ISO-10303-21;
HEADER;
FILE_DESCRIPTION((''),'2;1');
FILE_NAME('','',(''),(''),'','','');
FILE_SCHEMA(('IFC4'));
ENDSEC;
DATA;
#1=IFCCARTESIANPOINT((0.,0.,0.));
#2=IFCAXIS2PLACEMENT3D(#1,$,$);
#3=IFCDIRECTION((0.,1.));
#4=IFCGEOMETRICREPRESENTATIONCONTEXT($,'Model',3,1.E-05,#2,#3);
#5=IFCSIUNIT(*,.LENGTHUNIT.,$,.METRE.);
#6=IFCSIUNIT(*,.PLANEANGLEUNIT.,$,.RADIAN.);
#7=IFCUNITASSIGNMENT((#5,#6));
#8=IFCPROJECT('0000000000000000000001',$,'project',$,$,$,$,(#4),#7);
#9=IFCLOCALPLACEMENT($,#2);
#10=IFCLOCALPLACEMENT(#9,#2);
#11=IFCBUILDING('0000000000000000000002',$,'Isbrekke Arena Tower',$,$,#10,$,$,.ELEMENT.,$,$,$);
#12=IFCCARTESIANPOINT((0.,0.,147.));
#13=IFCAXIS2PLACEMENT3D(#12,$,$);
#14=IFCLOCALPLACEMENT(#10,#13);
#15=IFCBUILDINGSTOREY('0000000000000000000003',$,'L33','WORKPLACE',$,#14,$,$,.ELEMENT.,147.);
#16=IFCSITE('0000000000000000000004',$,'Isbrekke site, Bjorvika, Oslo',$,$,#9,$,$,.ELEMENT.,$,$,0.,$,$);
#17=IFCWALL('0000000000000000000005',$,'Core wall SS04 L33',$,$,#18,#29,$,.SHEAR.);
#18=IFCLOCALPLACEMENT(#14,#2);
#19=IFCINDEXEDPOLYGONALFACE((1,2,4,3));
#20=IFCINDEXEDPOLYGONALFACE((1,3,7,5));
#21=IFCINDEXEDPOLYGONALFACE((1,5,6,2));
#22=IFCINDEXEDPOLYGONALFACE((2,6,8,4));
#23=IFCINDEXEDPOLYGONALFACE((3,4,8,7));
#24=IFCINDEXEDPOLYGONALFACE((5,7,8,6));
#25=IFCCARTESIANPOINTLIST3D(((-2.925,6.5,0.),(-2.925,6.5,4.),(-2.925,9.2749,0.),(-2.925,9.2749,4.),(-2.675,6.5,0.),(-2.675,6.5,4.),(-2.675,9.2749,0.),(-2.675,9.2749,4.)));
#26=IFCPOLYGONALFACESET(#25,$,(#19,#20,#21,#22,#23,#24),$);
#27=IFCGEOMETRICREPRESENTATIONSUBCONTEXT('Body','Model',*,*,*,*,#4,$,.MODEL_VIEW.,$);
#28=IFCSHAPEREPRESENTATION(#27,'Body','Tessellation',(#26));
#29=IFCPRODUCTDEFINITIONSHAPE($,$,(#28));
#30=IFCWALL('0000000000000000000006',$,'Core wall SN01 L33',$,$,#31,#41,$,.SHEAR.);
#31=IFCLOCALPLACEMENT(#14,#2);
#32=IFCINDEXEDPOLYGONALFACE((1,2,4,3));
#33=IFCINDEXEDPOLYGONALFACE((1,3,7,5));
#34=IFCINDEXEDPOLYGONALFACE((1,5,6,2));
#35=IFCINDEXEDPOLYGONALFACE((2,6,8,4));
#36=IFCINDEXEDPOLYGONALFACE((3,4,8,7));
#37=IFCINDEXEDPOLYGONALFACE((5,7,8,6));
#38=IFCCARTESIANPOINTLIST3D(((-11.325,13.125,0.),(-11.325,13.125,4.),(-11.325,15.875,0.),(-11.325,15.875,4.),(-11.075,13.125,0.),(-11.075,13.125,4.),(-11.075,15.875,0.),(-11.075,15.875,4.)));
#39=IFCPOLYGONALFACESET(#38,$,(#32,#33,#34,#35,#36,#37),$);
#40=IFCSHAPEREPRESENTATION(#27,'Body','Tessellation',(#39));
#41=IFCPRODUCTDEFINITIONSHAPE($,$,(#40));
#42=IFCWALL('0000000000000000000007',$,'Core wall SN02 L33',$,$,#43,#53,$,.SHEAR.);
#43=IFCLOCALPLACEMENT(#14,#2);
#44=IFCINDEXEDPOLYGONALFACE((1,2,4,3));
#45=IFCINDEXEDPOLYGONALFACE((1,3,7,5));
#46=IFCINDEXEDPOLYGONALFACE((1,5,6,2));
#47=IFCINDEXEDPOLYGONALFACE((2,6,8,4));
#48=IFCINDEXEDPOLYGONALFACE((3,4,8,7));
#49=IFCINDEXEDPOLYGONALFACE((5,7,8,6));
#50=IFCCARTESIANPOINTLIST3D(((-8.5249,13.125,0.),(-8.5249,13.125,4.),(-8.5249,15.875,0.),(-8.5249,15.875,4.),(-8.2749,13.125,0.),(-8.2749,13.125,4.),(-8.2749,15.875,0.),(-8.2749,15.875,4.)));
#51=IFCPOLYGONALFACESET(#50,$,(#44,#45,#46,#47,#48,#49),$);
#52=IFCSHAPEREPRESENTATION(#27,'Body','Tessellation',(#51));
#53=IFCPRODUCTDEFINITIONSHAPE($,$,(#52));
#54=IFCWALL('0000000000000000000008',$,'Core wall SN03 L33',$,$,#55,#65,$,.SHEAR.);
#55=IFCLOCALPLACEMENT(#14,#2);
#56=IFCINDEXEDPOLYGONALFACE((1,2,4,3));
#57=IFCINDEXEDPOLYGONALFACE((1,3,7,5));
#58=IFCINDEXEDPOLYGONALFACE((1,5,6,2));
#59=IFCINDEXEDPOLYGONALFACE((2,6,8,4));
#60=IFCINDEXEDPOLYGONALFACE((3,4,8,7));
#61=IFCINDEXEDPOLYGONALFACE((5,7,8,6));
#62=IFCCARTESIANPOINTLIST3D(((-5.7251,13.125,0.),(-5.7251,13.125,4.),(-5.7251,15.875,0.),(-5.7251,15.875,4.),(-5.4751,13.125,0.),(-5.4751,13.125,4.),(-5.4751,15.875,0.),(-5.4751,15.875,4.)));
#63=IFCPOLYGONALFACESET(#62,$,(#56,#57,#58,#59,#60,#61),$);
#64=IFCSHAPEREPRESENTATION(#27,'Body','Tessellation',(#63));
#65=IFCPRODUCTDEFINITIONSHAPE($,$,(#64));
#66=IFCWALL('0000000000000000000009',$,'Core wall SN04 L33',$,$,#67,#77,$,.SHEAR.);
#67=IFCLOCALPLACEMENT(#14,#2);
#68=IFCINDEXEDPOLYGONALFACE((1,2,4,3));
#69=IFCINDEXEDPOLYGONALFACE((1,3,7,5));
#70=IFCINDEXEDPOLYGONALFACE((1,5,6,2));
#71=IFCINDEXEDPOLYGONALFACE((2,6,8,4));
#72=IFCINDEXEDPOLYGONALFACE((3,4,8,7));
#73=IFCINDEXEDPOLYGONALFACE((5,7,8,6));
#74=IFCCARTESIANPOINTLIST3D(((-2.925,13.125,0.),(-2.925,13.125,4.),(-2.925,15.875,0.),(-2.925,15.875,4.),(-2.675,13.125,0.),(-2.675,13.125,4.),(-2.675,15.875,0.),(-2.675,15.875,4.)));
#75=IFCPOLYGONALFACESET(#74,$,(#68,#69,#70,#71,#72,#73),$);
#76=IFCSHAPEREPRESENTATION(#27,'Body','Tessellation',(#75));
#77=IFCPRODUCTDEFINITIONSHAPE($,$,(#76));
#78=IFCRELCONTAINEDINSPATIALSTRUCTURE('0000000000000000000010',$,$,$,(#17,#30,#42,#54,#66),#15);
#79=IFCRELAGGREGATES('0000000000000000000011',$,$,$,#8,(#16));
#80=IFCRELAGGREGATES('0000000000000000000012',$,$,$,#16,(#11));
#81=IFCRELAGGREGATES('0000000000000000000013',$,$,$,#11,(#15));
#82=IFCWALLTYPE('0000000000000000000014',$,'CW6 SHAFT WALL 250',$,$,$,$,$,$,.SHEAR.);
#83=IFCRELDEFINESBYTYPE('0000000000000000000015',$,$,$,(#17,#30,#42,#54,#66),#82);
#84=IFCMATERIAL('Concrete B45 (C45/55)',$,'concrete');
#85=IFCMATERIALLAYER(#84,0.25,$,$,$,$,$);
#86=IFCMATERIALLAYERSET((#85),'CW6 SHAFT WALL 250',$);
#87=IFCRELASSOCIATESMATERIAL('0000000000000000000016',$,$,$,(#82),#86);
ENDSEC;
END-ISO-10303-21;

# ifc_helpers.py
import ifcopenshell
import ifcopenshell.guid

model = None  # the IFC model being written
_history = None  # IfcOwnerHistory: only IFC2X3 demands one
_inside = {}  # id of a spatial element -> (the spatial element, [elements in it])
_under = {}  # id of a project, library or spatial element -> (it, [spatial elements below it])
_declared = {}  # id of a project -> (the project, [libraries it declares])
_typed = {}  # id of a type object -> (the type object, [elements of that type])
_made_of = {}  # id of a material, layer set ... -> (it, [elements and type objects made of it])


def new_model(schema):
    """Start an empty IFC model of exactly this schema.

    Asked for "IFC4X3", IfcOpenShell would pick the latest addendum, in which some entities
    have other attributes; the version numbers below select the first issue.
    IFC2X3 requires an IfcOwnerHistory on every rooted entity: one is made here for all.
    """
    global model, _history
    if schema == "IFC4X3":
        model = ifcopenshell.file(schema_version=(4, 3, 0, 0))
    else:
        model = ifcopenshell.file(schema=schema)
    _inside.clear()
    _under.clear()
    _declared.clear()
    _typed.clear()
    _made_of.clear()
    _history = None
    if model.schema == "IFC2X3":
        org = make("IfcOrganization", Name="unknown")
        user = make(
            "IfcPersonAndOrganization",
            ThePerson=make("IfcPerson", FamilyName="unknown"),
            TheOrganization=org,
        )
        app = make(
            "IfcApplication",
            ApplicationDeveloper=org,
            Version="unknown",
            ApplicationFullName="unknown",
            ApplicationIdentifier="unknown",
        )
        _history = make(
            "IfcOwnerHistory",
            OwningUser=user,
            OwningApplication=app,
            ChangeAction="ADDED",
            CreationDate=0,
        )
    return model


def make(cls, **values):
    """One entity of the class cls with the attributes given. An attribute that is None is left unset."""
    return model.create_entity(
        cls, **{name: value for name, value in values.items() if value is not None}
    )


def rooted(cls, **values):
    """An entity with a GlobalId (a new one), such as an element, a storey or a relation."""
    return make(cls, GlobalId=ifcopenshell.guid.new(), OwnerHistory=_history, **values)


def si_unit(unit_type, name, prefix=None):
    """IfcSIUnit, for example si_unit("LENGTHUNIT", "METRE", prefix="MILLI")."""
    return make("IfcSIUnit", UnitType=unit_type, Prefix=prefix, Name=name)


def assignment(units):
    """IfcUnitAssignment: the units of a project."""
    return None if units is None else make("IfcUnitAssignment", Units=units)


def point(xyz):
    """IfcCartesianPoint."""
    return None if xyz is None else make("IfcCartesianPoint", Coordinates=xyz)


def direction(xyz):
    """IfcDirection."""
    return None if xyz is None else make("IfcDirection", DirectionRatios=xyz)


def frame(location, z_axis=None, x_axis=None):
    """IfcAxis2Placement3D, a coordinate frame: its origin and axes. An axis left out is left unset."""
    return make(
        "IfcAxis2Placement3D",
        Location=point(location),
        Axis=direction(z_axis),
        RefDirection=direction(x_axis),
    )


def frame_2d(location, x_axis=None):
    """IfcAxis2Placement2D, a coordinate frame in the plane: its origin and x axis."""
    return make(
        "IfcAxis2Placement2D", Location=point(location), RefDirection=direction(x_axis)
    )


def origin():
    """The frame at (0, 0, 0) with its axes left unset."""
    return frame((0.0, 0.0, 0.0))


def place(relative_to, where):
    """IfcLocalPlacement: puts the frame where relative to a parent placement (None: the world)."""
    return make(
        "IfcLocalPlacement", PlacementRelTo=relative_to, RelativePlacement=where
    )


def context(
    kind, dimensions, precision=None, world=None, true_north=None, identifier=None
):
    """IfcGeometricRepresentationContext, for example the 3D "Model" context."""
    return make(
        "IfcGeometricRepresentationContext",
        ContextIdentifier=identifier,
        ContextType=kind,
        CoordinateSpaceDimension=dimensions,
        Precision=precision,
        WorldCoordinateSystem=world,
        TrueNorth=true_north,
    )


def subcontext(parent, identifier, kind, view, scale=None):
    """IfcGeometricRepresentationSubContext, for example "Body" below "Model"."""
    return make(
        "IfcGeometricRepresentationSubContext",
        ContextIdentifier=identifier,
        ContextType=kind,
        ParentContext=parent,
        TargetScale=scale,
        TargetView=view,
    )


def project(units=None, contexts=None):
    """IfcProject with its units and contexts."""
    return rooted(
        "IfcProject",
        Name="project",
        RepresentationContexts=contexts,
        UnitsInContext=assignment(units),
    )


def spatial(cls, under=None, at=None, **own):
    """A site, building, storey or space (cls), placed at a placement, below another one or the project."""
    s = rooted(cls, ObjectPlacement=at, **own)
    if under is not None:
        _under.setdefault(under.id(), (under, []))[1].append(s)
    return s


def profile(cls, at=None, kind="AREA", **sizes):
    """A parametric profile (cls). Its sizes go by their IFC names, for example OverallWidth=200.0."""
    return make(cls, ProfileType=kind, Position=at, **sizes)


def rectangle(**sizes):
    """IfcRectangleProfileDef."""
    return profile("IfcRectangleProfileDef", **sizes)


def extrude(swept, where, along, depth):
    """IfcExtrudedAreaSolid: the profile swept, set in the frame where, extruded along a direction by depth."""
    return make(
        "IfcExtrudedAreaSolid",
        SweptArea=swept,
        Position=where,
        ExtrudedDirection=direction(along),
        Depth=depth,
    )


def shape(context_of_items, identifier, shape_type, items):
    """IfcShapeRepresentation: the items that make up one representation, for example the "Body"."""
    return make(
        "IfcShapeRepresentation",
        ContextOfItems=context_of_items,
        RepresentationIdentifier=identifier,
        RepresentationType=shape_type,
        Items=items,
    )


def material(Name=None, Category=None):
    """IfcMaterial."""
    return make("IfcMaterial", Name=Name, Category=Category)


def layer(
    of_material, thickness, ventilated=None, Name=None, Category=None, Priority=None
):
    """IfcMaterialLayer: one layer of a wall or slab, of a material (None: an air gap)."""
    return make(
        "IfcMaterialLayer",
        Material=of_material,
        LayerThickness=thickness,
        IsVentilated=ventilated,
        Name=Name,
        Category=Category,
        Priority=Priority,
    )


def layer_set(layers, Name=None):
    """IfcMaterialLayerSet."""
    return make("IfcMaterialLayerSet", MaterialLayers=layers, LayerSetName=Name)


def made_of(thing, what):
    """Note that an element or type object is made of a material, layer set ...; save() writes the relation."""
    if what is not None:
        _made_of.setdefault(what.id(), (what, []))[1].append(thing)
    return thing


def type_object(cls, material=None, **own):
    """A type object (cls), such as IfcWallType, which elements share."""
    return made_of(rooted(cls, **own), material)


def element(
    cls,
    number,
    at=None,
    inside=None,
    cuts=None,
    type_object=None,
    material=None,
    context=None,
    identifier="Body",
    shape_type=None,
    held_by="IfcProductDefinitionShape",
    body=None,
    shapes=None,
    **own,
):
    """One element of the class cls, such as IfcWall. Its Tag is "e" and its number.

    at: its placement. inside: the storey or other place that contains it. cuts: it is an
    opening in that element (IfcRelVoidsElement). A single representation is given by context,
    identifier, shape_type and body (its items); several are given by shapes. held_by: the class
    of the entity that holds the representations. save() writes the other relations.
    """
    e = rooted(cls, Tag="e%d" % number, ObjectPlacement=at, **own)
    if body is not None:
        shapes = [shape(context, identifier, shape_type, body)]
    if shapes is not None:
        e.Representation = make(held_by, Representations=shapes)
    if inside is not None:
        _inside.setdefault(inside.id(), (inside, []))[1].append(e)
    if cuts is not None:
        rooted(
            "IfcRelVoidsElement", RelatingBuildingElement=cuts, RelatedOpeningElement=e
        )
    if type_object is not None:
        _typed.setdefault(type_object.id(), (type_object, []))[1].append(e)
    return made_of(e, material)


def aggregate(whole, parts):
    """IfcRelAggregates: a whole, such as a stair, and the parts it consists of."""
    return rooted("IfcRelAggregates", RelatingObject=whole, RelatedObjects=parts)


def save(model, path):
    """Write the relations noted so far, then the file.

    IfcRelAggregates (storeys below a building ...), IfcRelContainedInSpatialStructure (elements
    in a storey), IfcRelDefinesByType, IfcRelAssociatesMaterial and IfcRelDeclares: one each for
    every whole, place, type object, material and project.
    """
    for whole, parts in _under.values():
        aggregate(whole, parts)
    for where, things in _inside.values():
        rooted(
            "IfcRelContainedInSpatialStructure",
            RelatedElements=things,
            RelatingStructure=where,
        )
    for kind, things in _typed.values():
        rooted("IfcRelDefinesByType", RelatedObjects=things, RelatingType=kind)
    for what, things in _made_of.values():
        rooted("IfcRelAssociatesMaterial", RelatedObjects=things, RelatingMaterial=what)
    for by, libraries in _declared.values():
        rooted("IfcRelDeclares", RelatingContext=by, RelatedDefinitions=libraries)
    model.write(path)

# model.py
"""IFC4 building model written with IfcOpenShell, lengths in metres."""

from ifc_helpers import new_model, si_unit, direction, frame, frame_2d, origin, place, context, subcontext, project, spatial, rectangle, extrude, material, layer, layer_set, type_object, element, save


model = new_model("IFC4")

# Units and contexts
model_context = context("Model", 3, precision=1e-05, world=origin(), true_north=direction((0.0, 1.0)))
body_context = subcontext(model_context, "Body", "Model", "MODEL_VIEW")
ifc_project = project(units=[si_unit("LENGTHUNIT", "METRE"), si_unit("PLANEANGLEUNIT", "RADIAN")], contexts=[model_context])

# Site, building, storey
site_placement = place(None, origin())
site = spatial("IfcSite", under=ifc_project, at=site_placement, Name="Isbrekke site, Bjorvika, Oslo", CompositionType="ELEMENT", RefElevation=0.0)
building_placement = place(site_placement, origin())
building = spatial("IfcBuilding", under=site, at=building_placement, Name="Isbrekke Arena Tower", CompositionType="ELEMENT")
storey_placement = place(building_placement, frame((0.0, 0.0, 147.0)))
storey = spatial("IfcBuildingStorey", under=building, at=storey_placement, Name="L33", Description="WORKPLACE", CompositionType="ELEMENT", Elevation=147.0)

# Shared definitions
ifc_material_1 = material(Name="Concrete B45 (C45/55)", Category="concrete")
ifc_layer_1 = layer(ifc_material_1, 0.25)
ifc_layer_set_1 = layer_set([ifc_layer_1], Name="CW6 SHAFT WALL 250")
wall_type_1 = type_object("IfcWallType", Name="CW6 SHAFT WALL 250", PredefinedType="SHEAR", material=ifc_layer_set_1)

# Walls
for number, where, z_axis, x_axis, name in (
    (1, (-2.8, 6.5, 0.0), (0.0, 0.0, 1.0), (0.0, 1.0, 0.0), "Core wall SS04 L33"),
):
    element("IfcWall", number, at=place(storey_placement, frame(where, z_axis=z_axis, x_axis=x_axis)), inside=storey, type_object=wall_type_1, Name=name, PredefinedType="SHEAR", context=body_context, shape_type="SweptSolid", body=[
        extrude(rectangle(XDim=2.7749, YDim=0.25, at=frame_2d((1.3875, 0.0))), origin(), (0.0, 0.0, 1.0), 4.0),
    ])
for number, where, z_axis, x_axis, name in (
    (2, (-11.2, 13.125, 0.0), (0.0, 0.0, 1.0), (0.0, 1.0, 0.0), "Core wall SN01 L33"),
    (3, (-8.3999, 13.125, 0.0), (0.0, 0.0, 1.0), (0.0, 1.0, 0.0), "Core wall SN02 L33"),
    (4, (-5.6001, 13.125, 0.0), (0.0, 0.0, 1.0), (0.0, 1.0, 0.0), "Core wall SN03 L33"),
    (5, (-2.8, 13.125, 0.0), (0.0, 0.0, 1.0), (0.0, 1.0, 0.0), "Core wall SN04 L33"),
):
    element("IfcWall", number, at=place(storey_placement, frame(where, z_axis=z_axis, x_axis=x_axis)), inside=storey, type_object=wall_type_1, Name=name, PredefinedType="SHEAR", context=body_context, shape_type="SweptSolid", body=[
        extrude(rectangle(XDim=2.75, YDim=0.25, at=frame_2d((1.375, 0.0))), origin(), (0.0, 0.0, 1.0), 4.0),
    ])

save(model, "model.ifc")
